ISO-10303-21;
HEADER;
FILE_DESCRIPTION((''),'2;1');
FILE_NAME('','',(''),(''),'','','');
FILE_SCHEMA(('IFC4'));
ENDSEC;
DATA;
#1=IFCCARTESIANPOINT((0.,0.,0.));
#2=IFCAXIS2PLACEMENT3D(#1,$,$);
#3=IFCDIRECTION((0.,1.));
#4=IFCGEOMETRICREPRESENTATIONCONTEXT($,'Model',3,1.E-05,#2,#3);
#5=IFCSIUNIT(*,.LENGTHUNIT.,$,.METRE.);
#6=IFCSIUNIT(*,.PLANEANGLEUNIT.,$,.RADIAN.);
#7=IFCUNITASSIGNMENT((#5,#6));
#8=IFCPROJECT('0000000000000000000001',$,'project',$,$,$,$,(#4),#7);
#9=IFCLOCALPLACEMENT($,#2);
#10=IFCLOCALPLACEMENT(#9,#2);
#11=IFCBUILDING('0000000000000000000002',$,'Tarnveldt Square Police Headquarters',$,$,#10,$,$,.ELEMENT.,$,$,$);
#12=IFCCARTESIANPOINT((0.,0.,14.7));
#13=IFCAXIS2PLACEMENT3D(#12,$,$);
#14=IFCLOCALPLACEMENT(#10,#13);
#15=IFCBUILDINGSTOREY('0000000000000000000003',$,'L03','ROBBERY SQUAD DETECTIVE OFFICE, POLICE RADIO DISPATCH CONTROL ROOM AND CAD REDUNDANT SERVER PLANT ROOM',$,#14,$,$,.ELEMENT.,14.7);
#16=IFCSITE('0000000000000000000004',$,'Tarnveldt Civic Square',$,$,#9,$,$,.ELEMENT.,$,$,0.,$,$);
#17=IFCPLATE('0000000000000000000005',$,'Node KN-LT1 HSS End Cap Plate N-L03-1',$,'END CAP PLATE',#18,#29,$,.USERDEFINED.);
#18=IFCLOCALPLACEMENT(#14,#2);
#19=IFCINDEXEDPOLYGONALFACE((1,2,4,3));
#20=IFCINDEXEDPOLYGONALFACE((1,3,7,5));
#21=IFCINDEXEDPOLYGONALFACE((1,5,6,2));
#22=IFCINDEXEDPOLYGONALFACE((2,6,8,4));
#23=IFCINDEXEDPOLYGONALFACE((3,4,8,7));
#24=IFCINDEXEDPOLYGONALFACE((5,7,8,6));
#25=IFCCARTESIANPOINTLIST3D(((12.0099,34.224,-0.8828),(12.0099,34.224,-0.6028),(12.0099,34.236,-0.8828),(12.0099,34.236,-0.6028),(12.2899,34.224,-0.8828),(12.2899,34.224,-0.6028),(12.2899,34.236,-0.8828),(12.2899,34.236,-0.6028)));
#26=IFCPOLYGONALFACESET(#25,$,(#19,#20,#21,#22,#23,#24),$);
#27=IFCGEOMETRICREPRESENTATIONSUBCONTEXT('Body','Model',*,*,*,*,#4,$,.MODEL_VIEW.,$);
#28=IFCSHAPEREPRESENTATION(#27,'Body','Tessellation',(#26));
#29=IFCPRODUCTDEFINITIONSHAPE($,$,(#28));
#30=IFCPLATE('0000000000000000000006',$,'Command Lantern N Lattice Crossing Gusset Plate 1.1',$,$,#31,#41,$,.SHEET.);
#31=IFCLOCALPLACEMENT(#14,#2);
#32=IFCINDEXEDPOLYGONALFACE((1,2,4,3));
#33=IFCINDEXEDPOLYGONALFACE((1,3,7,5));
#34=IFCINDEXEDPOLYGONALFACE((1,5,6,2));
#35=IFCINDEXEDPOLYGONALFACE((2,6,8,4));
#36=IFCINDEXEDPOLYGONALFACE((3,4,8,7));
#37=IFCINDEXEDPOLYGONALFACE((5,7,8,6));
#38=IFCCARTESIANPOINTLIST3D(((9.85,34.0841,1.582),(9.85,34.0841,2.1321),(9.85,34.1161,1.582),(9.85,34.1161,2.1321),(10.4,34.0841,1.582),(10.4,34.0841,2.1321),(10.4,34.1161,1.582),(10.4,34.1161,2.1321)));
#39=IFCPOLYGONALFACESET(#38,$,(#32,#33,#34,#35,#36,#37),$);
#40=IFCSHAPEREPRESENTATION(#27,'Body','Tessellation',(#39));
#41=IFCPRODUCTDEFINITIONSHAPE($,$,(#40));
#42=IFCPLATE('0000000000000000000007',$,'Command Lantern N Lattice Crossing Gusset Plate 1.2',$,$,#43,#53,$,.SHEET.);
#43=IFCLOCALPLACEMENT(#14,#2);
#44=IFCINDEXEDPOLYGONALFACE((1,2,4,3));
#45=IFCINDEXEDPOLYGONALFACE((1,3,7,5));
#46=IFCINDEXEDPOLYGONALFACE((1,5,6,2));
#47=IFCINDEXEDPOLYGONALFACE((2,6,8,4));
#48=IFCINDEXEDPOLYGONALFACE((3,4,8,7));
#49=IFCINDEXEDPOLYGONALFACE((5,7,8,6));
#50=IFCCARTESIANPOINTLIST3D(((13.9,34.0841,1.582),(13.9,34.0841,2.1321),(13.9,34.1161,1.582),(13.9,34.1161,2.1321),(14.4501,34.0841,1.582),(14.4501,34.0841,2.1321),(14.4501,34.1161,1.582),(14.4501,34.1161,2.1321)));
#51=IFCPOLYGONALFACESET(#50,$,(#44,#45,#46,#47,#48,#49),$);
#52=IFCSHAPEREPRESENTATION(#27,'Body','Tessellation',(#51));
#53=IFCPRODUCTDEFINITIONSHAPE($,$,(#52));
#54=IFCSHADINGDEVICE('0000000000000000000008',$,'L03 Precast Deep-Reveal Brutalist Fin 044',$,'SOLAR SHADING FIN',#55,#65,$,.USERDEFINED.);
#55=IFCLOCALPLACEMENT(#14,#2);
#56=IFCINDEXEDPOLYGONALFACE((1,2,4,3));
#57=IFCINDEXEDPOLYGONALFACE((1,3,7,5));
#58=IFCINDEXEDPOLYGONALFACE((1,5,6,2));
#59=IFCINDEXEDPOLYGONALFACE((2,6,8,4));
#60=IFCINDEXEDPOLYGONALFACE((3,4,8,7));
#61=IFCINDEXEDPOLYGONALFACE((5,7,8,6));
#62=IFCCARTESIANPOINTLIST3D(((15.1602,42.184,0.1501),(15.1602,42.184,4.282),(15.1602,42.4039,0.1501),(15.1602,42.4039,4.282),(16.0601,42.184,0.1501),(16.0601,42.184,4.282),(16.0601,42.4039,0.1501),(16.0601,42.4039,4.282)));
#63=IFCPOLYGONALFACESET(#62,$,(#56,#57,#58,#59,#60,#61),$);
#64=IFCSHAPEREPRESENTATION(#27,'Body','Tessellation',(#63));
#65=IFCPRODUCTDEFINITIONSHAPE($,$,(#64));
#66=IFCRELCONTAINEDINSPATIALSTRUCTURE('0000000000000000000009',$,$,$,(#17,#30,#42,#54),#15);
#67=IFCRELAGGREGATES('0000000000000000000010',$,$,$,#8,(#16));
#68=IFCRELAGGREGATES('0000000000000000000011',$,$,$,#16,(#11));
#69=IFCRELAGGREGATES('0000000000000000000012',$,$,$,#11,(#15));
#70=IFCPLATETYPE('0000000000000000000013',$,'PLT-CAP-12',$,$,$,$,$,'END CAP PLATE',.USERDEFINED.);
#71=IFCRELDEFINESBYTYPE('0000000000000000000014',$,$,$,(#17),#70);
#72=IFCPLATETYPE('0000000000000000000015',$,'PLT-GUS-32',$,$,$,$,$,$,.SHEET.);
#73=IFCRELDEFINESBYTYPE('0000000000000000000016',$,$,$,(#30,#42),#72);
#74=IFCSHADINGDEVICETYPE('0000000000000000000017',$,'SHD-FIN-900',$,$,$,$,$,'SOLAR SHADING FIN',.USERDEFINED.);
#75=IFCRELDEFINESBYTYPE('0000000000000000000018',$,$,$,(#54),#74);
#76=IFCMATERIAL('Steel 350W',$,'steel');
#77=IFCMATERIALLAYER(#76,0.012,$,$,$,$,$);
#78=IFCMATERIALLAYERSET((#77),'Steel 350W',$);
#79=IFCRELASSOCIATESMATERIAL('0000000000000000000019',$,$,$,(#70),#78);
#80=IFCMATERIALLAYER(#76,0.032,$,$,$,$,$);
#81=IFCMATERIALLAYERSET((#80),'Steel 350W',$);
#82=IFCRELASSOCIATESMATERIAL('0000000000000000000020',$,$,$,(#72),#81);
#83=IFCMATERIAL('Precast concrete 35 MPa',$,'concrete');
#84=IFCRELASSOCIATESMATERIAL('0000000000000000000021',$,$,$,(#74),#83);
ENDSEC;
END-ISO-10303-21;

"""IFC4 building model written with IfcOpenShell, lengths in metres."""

from ifc_helpers import new_model, si_unit, direction, frame, origin, origin_2d, place, context, subcontext, project, spatial, rectangle, extrude, material, layer, layer_set, material_profile, profile_set, type_object, element, save


model = new_model("IFC4")

# Units and contexts
model_context = context("Model", 3, precision=1e-05, world=origin(), true_north=direction((0.0, 1.0)))
body_context = subcontext(model_context, "Body", "Model", "MODEL_VIEW")
ifc_project = project(units=[si_unit("LENGTHUNIT", "METRE"), si_unit("PLANEANGLEUNIT", "RADIAN")], contexts=[model_context])

# Site, building, storey
site_placement = place(None, origin())
site = spatial("IfcSite", under=ifc_project, at=site_placement, Name="Tarnveldt Civic Square", CompositionType="ELEMENT", RefElevation=0.0)
building_placement = place(site_placement, origin())
building = spatial("IfcBuilding", under=site, at=building_placement, Name="Tarnveldt Square Police Headquarters", CompositionType="ELEMENT")
storey_placement = place(building_placement, frame((0.0, 0.0, 14.7)))
storey = spatial("IfcBuildingStorey", under=building, at=storey_placement, Name="L03", Description="ROBBERY SQUAD DETECTIVE OFFICE, POLICE RADIO DISPATCH CONTROL ROOM AND CAD REDUNDANT SERVER PLANT ROOM", CompositionType="ELEMENT", Elevation=14.7)

# Shared definitions
ifc_material_1 = material(Name="Steel 350W", Category="steel")

# Plates
ifc_layer_1 = layer(ifc_material_1, 0.012)
ifc_layer_set_1 = layer_set([ifc_layer_1], Name="Steel 350W")
plate_type_1 = type_object("IfcPlateType", Name="PLT-CAP-12", ElementType="END CAP PLATE", PredefinedType="USERDEFINED", material=ifc_layer_set_1)
plate_1_placement = place(storey_placement, frame((12.1499, 34.23, -0.8828), z_axis=(0.0, 0.0, 1.0), x_axis=(1.0, 0.0, 0.0)))
element("IfcPlate", 1, at=plate_1_placement, inside=storey, type_object=plate_type_1, Name="Node KN-LT1 HSS End Cap Plate N-L03-1", ObjectType="END CAP PLATE", PredefinedType="USERDEFINED", context=body_context, shape_type="SweptSolid", body=[
    extrude(rectangle(XDim=0.28, YDim=0.012, at=origin_2d()), origin(), (0.0, 0.0, 1.0), 0.28),
])
ifc_layer_2 = layer(ifc_material_1, 0.032)
ifc_layer_set_2 = layer_set([ifc_layer_2], Name="Steel 350W")
plate_type_2 = type_object("IfcPlateType", Name="PLT-GUS-32", PredefinedType="SHEET", material=ifc_layer_set_2)
for number, where, z_axis, x_axis, name in (
    (2, (10.125, 34.1001, 1.582), (0.0, 0.0, 1.0), (1.0, 0.0, 0.0), "Command Lantern N Lattice Crossing Gusset Plate 1.1"),
    (3, (14.175, 34.1001, 1.582), (0.0, 0.0, 1.0), (1.0, 0.0, 0.0), "Command Lantern N Lattice Crossing Gusset Plate 1.2"),
):
    element("IfcPlate", number, at=place(storey_placement, frame(where, z_axis=z_axis, x_axis=x_axis)), inside=storey, type_object=plate_type_2, Name=name, PredefinedType="SHEET", context=body_context, shape_type="SweptSolid", body=[
        extrude(rectangle(XDim=0.55, YDim=0.032, at=origin_2d()), origin(), (0.0, 0.0, 1.0), 0.55),
    ])

# Shading device
ifc_material_2 = material(Name="Precast concrete 35 MPa", Category="concrete")
ifc_material_profile_1 = material_profile(ifc_material_2, rectangle(XDim=0.22, YDim=0.8999, at=origin_2d()), Name="PC-FIN220x900")
ifc_profile_set_1 = profile_set([ifc_material_profile_1], Name="Precast concrete 35 MPa")
shading_device_type = type_object("IfcShadingDeviceType", Name="SHD-FIN-900", ElementType="SOLAR SHADING FIN", PredefinedType="USERDEFINED", material=ifc_profile_set_1)
shading_device_placement = place(storey_placement, frame((15.6101, 42.2939, 0.1501), z_axis=(0.0, 0.0, 1.0), x_axis=(0.0, -1.0, 0.0)))
element("IfcShadingDevice", 4, at=shading_device_placement, inside=storey, type_object=shading_device_type, Name="L03 Precast Deep-Reveal Brutalist Fin 044", ObjectType="SOLAR SHADING FIN", PredefinedType="USERDEFINED", context=body_context, shape_type="SweptSolid", body=[
    extrude(rectangle(XDim=0.22, YDim=0.8999, at=origin_2d()), origin(), (0.0, 0.0, 1.0), 4.1318),
])

save(model, "model.ifc")
